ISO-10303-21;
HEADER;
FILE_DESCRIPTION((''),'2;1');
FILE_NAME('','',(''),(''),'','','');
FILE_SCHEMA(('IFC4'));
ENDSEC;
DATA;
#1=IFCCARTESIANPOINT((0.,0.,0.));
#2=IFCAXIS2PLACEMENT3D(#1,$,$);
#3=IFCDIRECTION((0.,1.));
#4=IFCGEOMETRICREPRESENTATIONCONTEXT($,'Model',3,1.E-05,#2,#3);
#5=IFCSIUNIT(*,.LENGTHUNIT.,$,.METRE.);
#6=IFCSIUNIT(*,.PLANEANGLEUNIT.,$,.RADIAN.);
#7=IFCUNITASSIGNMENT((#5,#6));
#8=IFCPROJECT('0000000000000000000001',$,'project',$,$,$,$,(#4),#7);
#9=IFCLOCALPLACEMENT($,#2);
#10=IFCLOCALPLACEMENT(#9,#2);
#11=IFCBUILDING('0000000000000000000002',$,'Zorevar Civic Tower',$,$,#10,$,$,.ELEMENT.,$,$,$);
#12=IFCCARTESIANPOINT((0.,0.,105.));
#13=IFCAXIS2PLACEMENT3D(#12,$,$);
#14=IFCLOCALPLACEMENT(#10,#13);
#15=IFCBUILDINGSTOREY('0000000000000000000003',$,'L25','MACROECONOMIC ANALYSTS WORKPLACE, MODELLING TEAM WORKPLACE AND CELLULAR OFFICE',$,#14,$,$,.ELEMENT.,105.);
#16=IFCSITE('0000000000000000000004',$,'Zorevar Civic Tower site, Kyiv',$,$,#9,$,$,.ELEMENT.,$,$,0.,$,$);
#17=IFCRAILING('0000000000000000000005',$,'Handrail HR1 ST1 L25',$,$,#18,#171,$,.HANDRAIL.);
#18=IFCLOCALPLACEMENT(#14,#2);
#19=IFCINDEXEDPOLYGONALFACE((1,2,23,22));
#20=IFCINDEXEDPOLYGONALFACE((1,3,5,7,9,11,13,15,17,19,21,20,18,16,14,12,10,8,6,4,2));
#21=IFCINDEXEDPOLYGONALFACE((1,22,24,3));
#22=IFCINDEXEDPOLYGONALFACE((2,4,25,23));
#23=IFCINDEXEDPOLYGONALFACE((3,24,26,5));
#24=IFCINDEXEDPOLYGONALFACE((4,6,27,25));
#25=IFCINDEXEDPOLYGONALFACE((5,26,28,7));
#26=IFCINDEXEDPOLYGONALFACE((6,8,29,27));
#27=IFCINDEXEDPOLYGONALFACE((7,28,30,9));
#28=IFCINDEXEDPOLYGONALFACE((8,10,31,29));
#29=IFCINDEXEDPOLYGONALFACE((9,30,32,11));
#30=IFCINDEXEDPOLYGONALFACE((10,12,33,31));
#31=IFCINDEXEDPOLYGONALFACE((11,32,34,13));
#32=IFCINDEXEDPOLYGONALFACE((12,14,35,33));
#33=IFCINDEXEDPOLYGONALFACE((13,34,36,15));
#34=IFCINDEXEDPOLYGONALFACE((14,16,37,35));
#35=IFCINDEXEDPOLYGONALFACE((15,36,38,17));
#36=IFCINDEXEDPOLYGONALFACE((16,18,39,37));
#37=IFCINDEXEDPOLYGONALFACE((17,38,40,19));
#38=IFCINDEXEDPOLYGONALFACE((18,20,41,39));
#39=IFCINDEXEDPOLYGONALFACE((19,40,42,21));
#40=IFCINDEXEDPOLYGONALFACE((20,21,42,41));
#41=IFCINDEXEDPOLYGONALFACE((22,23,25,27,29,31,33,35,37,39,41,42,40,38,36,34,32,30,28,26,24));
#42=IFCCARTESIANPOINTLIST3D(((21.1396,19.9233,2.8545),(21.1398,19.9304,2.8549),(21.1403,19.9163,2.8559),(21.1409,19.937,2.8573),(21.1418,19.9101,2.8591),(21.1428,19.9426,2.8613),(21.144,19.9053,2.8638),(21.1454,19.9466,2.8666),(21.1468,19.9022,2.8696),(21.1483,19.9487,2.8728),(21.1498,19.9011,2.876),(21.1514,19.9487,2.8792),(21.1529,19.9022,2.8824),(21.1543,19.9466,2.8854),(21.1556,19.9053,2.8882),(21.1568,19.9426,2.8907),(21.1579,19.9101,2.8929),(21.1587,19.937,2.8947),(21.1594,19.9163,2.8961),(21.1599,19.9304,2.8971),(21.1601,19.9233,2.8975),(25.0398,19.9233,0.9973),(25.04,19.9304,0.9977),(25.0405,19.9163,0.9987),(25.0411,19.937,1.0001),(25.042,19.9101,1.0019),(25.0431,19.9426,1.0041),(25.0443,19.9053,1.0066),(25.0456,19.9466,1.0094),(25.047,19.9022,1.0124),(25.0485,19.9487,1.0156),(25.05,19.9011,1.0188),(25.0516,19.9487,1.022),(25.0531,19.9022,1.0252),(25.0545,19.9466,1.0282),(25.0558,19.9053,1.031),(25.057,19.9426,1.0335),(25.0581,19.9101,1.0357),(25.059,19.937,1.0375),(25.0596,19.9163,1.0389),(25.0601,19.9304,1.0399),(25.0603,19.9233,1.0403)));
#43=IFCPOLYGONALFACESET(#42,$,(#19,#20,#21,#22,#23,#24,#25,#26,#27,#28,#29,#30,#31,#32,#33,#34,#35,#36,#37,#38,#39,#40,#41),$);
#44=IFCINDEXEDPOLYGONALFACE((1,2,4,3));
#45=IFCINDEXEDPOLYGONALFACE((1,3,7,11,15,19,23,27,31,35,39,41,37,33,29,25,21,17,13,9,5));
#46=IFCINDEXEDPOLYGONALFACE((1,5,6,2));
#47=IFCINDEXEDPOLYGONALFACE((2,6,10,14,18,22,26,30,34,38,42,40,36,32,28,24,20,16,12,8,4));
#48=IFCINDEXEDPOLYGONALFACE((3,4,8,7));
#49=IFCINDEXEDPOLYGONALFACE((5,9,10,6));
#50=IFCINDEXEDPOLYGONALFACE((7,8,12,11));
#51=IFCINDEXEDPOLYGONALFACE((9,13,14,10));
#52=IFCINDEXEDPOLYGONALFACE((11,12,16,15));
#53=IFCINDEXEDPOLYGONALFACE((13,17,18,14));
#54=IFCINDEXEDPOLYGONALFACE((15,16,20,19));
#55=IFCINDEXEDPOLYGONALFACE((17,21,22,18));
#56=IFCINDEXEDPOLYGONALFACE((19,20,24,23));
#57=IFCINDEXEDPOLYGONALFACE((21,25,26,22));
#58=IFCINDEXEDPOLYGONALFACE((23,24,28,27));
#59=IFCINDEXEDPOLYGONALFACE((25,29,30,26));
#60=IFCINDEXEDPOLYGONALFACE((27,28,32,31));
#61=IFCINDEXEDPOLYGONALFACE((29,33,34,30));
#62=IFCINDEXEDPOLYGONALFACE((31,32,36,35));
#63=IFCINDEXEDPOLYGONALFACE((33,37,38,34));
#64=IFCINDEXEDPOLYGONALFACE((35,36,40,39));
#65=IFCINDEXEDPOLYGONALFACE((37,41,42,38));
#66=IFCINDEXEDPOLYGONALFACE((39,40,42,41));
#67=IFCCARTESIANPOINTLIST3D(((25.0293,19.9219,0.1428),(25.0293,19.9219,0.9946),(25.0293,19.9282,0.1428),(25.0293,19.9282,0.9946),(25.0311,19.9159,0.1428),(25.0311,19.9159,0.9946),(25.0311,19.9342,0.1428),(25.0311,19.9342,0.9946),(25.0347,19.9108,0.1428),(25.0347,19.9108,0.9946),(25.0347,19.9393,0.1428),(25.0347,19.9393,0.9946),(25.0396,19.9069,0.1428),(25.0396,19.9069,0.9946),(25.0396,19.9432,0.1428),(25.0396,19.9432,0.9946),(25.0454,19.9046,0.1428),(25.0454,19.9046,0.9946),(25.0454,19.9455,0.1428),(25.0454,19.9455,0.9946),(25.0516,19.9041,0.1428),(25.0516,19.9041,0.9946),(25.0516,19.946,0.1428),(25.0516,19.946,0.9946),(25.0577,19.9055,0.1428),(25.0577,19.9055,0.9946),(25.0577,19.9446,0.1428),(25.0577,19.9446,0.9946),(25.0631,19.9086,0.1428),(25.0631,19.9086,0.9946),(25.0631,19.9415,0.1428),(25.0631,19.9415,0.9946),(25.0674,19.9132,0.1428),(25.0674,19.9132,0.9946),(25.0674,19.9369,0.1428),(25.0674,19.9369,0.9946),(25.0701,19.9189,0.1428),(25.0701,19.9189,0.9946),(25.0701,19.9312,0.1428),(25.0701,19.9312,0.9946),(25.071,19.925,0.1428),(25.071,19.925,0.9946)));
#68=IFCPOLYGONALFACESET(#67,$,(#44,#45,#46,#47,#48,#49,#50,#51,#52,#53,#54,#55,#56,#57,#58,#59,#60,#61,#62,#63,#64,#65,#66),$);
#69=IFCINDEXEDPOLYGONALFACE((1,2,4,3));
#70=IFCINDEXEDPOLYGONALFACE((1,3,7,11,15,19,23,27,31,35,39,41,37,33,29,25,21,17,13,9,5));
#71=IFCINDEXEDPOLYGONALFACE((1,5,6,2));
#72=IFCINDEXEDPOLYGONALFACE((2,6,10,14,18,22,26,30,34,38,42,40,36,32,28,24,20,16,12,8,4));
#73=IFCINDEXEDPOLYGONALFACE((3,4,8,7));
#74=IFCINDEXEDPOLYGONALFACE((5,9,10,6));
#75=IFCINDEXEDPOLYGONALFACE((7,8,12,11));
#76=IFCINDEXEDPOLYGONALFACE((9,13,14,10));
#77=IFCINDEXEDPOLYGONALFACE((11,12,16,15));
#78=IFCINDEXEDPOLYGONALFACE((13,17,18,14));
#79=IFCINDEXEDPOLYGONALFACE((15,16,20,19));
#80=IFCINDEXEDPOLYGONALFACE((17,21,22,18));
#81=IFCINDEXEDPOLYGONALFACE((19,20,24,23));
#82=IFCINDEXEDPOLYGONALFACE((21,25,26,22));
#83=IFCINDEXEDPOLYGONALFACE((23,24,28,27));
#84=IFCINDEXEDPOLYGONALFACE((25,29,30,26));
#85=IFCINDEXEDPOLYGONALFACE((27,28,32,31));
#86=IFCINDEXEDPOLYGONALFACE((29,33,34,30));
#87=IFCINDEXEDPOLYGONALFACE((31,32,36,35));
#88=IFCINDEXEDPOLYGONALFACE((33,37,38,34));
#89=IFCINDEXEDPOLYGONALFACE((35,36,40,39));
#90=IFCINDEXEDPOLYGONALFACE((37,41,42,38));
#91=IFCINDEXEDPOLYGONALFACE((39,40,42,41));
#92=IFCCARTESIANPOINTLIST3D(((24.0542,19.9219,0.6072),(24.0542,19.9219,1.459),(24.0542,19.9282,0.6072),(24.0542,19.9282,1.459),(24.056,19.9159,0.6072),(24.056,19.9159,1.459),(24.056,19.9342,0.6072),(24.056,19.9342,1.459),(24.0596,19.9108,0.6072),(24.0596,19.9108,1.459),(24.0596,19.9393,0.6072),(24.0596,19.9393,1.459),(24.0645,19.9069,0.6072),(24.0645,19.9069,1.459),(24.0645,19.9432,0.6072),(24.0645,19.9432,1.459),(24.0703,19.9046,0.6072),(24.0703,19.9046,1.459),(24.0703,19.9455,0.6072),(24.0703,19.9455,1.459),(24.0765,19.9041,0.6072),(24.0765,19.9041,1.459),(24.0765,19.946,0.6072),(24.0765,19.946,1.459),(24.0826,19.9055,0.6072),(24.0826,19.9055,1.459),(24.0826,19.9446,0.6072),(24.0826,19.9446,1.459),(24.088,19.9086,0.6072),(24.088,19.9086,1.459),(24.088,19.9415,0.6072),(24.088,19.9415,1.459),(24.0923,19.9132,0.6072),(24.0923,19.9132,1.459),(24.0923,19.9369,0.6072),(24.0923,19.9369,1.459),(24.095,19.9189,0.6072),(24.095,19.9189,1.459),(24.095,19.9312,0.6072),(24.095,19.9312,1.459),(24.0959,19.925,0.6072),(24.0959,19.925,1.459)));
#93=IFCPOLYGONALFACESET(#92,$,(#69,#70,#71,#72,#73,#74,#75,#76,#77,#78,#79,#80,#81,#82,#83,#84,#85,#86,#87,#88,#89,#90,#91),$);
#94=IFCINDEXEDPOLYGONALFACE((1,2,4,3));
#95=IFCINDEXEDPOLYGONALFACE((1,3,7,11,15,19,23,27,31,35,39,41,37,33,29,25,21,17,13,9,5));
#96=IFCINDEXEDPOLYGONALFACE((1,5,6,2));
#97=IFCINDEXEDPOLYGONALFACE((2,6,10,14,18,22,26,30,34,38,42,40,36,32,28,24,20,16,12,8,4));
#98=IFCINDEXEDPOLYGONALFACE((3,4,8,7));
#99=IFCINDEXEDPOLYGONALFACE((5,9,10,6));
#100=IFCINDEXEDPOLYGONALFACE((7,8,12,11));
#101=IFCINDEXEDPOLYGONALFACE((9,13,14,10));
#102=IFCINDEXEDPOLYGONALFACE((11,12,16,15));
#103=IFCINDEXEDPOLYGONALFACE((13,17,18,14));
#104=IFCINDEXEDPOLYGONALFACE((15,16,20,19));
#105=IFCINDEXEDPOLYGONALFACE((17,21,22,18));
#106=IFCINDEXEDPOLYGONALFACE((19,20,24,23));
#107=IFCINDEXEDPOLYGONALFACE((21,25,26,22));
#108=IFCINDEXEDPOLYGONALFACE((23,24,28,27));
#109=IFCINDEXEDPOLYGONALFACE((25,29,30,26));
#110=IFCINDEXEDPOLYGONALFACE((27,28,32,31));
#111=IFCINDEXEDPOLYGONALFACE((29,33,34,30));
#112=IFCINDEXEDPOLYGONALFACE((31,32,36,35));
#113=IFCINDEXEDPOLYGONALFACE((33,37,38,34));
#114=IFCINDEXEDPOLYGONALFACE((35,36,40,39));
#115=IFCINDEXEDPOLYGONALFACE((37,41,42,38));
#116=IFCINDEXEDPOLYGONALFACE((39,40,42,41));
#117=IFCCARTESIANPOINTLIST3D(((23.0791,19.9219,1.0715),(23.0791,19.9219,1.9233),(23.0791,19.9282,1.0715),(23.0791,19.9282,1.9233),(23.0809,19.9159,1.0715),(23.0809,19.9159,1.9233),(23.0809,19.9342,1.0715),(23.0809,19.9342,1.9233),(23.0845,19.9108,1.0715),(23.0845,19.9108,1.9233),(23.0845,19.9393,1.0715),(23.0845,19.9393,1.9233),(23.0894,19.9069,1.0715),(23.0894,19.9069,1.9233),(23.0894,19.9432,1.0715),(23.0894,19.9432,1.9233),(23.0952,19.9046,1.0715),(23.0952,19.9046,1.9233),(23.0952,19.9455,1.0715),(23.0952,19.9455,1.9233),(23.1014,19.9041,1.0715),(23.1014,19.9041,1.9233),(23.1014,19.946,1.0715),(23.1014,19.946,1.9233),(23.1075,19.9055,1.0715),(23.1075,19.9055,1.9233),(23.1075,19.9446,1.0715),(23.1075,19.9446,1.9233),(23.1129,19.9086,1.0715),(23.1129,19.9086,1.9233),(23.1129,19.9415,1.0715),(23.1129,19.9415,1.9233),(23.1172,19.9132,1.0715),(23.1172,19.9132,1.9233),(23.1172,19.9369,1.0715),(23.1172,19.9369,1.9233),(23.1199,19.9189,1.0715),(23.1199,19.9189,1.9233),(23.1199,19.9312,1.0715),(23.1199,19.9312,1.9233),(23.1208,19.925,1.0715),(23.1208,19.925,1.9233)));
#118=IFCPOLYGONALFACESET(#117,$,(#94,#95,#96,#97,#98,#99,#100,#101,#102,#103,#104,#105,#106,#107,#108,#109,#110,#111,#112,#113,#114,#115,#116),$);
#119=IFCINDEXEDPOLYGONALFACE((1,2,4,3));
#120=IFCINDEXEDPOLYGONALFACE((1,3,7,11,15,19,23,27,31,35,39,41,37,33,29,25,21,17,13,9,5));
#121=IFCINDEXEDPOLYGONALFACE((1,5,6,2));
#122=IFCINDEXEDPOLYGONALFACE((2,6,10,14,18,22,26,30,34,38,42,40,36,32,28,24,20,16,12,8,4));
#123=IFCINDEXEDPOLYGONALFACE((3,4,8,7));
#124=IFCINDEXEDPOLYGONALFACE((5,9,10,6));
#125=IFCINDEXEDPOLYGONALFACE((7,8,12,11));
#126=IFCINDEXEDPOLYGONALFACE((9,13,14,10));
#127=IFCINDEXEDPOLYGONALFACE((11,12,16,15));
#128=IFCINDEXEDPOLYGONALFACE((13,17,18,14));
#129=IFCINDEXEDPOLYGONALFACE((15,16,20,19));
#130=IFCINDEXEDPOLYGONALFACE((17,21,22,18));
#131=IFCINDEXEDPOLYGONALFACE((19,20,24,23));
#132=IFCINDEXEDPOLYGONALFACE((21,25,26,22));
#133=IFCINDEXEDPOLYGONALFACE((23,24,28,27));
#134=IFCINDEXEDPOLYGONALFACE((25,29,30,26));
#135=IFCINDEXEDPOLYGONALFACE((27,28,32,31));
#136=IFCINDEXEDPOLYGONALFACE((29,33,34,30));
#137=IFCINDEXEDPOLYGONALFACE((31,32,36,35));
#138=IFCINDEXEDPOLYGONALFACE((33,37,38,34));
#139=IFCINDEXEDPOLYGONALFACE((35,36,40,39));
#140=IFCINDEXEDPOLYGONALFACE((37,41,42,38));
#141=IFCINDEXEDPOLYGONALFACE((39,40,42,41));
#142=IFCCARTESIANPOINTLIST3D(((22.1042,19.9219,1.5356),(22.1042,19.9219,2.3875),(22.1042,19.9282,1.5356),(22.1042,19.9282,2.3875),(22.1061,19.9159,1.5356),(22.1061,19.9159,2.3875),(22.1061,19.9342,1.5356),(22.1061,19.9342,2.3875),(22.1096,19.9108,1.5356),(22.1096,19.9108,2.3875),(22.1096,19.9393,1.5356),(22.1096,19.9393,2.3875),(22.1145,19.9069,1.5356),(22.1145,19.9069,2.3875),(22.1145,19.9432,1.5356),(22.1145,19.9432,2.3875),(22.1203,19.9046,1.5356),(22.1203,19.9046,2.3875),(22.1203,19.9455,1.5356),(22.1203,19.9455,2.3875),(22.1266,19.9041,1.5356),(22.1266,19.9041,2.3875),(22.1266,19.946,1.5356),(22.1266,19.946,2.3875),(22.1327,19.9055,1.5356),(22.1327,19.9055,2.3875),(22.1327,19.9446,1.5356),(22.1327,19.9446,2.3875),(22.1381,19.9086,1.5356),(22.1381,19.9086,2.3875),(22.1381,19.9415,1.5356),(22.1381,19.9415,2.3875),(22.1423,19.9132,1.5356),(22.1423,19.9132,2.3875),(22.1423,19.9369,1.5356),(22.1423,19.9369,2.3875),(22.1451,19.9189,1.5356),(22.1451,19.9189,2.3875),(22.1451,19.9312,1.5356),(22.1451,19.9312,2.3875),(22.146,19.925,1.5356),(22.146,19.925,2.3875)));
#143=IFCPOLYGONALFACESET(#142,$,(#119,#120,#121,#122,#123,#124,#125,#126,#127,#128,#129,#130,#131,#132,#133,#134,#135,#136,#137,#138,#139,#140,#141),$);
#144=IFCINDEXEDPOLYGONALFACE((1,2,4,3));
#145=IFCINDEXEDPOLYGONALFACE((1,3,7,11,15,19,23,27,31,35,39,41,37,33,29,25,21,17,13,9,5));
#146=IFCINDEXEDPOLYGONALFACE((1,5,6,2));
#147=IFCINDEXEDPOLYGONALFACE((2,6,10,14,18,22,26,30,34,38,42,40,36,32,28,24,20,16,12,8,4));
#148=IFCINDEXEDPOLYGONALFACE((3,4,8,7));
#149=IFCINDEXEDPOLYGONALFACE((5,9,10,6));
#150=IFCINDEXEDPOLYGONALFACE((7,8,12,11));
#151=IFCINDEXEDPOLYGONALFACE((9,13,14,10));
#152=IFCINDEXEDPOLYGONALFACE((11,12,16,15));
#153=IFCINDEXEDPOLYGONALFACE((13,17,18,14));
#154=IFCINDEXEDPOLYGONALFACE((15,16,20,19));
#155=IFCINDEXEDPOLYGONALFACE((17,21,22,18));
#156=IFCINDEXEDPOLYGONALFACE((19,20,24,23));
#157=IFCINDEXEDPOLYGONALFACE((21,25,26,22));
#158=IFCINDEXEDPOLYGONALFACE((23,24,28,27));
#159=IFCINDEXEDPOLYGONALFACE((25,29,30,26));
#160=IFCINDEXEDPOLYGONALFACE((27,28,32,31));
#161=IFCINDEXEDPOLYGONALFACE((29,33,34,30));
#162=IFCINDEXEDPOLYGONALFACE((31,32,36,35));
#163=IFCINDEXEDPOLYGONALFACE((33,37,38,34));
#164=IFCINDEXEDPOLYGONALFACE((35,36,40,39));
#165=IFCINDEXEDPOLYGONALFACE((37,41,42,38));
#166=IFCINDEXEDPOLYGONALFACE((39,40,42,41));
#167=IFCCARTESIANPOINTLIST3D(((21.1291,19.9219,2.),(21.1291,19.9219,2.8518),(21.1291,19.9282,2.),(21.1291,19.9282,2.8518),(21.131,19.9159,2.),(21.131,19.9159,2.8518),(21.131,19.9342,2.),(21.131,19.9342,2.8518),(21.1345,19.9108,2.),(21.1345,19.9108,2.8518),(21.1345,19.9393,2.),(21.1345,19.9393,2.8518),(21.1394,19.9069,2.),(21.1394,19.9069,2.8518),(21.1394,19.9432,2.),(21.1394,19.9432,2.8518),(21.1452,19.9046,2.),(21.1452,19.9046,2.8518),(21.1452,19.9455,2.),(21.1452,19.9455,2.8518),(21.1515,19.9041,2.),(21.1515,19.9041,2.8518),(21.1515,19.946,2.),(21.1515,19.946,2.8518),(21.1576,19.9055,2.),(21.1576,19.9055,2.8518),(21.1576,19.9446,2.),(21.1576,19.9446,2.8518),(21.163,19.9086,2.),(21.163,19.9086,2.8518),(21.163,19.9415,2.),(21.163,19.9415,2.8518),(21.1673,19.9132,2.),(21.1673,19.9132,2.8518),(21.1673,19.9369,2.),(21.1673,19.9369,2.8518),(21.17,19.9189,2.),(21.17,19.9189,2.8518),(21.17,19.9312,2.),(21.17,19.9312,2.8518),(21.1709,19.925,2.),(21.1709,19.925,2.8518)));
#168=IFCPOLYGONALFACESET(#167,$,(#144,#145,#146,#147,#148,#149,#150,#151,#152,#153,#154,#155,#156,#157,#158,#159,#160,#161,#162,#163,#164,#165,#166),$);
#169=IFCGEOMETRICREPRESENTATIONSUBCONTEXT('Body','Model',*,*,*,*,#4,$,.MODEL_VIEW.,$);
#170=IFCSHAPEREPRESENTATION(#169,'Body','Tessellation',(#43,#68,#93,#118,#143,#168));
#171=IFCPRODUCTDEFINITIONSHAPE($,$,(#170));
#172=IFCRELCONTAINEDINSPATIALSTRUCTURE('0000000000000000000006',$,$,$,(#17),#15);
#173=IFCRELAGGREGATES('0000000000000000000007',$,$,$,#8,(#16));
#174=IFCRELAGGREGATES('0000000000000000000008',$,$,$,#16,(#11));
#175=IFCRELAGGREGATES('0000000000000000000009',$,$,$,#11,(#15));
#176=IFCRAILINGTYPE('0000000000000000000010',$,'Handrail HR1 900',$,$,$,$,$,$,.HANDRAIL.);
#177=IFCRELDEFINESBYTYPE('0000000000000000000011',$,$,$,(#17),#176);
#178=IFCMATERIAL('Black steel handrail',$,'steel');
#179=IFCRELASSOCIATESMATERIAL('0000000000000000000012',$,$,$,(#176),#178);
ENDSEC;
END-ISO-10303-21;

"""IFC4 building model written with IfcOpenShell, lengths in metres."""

from ifc_helpers import new_model, si_unit, direction, frame, origin, origin_2d, place, context, subcontext, project, spatial, circle, extrude, material, type_object, element, save


model = new_model("IFC4")

# Units and contexts
model_context = context("Model", 3, precision=1e-05, world=origin(), true_north=direction((0.0, 1.0)))
body_context = subcontext(model_context, "Body", "Model", "MODEL_VIEW")
ifc_project = project(units=[si_unit("LENGTHUNIT", "METRE"), si_unit("PLANEANGLEUNIT", "RADIAN")], contexts=[model_context])

# Site, building, storey
site_placement = place(None, origin())
site = spatial("IfcSite", under=ifc_project, at=site_placement, Name="Zorevar Civic Tower site, Kyiv", CompositionType="ELEMENT", RefElevation=0.0)
building_placement = place(site_placement, origin())
building = spatial("IfcBuilding", under=site, at=building_placement, Name="Zorevar Civic Tower", CompositionType="ELEMENT")
storey_placement = place(building_placement, frame((0.0, 0.0, 105.0)))
storey = spatial("IfcBuildingStorey", under=building, at=storey_placement, Name="L25", Description="MACROECONOMIC ANALYSTS WORKPLACE, MODELLING TEAM WORKPLACE AND CELLULAR OFFICE", CompositionType="ELEMENT", Elevation=105.0)

# Railing
ifc_material_1 = material(Name="Black steel handrail", Category="steel")
railing_type = type_object("IfcRailingType", Name="Handrail HR1 900", PredefinedType="HANDRAIL", material=ifc_material_1)
railing_1_placement = place(storey_placement, frame((25.05, 19.925, 0.1428)))
element("IfcRailing", 1, at=railing_1_placement, inside=storey, type_object=railing_type, Name="Handrail HR1 ST1 L25", PredefinedType="HANDRAIL", context=body_context, shape_type="SweptSolid", body=[
    extrude(circle(Radius=0.0239, at=origin_2d()), frame((0.0, 0.0, 0.876), z_axis=(-0.902864, 0.0, 0.429927), x_axis=(0.0, -1.0, 0.0)), (0.0, 0.0, 1.0), 4.3198),
    extrude(circle(Radius=0.021, at=origin_2d()), origin(), (0.0, 0.0, 1.0), 0.8518),
    extrude(circle(Radius=0.021, at=origin_2d()), frame((-0.9751, 0.0, 0.4644)), (0.0, 0.0, 1.0), 0.8518),
    extrude(circle(Radius=0.021, at=origin_2d()), frame((-1.9502, 0.0, 0.9287)), (0.0, 0.0, 1.0), 0.8518),
    extrude(circle(Radius=0.021, at=origin_2d()), frame((-2.925, 0.0, 1.3928)), (0.0, 0.0, 1.0), 0.8518),
    extrude(circle(Radius=0.021, at=origin_2d()), frame((-3.9001, 0.0, 1.8572)), (0.0, 0.0, 1.0), 0.8518),
])

save(model, "model.ifc")
